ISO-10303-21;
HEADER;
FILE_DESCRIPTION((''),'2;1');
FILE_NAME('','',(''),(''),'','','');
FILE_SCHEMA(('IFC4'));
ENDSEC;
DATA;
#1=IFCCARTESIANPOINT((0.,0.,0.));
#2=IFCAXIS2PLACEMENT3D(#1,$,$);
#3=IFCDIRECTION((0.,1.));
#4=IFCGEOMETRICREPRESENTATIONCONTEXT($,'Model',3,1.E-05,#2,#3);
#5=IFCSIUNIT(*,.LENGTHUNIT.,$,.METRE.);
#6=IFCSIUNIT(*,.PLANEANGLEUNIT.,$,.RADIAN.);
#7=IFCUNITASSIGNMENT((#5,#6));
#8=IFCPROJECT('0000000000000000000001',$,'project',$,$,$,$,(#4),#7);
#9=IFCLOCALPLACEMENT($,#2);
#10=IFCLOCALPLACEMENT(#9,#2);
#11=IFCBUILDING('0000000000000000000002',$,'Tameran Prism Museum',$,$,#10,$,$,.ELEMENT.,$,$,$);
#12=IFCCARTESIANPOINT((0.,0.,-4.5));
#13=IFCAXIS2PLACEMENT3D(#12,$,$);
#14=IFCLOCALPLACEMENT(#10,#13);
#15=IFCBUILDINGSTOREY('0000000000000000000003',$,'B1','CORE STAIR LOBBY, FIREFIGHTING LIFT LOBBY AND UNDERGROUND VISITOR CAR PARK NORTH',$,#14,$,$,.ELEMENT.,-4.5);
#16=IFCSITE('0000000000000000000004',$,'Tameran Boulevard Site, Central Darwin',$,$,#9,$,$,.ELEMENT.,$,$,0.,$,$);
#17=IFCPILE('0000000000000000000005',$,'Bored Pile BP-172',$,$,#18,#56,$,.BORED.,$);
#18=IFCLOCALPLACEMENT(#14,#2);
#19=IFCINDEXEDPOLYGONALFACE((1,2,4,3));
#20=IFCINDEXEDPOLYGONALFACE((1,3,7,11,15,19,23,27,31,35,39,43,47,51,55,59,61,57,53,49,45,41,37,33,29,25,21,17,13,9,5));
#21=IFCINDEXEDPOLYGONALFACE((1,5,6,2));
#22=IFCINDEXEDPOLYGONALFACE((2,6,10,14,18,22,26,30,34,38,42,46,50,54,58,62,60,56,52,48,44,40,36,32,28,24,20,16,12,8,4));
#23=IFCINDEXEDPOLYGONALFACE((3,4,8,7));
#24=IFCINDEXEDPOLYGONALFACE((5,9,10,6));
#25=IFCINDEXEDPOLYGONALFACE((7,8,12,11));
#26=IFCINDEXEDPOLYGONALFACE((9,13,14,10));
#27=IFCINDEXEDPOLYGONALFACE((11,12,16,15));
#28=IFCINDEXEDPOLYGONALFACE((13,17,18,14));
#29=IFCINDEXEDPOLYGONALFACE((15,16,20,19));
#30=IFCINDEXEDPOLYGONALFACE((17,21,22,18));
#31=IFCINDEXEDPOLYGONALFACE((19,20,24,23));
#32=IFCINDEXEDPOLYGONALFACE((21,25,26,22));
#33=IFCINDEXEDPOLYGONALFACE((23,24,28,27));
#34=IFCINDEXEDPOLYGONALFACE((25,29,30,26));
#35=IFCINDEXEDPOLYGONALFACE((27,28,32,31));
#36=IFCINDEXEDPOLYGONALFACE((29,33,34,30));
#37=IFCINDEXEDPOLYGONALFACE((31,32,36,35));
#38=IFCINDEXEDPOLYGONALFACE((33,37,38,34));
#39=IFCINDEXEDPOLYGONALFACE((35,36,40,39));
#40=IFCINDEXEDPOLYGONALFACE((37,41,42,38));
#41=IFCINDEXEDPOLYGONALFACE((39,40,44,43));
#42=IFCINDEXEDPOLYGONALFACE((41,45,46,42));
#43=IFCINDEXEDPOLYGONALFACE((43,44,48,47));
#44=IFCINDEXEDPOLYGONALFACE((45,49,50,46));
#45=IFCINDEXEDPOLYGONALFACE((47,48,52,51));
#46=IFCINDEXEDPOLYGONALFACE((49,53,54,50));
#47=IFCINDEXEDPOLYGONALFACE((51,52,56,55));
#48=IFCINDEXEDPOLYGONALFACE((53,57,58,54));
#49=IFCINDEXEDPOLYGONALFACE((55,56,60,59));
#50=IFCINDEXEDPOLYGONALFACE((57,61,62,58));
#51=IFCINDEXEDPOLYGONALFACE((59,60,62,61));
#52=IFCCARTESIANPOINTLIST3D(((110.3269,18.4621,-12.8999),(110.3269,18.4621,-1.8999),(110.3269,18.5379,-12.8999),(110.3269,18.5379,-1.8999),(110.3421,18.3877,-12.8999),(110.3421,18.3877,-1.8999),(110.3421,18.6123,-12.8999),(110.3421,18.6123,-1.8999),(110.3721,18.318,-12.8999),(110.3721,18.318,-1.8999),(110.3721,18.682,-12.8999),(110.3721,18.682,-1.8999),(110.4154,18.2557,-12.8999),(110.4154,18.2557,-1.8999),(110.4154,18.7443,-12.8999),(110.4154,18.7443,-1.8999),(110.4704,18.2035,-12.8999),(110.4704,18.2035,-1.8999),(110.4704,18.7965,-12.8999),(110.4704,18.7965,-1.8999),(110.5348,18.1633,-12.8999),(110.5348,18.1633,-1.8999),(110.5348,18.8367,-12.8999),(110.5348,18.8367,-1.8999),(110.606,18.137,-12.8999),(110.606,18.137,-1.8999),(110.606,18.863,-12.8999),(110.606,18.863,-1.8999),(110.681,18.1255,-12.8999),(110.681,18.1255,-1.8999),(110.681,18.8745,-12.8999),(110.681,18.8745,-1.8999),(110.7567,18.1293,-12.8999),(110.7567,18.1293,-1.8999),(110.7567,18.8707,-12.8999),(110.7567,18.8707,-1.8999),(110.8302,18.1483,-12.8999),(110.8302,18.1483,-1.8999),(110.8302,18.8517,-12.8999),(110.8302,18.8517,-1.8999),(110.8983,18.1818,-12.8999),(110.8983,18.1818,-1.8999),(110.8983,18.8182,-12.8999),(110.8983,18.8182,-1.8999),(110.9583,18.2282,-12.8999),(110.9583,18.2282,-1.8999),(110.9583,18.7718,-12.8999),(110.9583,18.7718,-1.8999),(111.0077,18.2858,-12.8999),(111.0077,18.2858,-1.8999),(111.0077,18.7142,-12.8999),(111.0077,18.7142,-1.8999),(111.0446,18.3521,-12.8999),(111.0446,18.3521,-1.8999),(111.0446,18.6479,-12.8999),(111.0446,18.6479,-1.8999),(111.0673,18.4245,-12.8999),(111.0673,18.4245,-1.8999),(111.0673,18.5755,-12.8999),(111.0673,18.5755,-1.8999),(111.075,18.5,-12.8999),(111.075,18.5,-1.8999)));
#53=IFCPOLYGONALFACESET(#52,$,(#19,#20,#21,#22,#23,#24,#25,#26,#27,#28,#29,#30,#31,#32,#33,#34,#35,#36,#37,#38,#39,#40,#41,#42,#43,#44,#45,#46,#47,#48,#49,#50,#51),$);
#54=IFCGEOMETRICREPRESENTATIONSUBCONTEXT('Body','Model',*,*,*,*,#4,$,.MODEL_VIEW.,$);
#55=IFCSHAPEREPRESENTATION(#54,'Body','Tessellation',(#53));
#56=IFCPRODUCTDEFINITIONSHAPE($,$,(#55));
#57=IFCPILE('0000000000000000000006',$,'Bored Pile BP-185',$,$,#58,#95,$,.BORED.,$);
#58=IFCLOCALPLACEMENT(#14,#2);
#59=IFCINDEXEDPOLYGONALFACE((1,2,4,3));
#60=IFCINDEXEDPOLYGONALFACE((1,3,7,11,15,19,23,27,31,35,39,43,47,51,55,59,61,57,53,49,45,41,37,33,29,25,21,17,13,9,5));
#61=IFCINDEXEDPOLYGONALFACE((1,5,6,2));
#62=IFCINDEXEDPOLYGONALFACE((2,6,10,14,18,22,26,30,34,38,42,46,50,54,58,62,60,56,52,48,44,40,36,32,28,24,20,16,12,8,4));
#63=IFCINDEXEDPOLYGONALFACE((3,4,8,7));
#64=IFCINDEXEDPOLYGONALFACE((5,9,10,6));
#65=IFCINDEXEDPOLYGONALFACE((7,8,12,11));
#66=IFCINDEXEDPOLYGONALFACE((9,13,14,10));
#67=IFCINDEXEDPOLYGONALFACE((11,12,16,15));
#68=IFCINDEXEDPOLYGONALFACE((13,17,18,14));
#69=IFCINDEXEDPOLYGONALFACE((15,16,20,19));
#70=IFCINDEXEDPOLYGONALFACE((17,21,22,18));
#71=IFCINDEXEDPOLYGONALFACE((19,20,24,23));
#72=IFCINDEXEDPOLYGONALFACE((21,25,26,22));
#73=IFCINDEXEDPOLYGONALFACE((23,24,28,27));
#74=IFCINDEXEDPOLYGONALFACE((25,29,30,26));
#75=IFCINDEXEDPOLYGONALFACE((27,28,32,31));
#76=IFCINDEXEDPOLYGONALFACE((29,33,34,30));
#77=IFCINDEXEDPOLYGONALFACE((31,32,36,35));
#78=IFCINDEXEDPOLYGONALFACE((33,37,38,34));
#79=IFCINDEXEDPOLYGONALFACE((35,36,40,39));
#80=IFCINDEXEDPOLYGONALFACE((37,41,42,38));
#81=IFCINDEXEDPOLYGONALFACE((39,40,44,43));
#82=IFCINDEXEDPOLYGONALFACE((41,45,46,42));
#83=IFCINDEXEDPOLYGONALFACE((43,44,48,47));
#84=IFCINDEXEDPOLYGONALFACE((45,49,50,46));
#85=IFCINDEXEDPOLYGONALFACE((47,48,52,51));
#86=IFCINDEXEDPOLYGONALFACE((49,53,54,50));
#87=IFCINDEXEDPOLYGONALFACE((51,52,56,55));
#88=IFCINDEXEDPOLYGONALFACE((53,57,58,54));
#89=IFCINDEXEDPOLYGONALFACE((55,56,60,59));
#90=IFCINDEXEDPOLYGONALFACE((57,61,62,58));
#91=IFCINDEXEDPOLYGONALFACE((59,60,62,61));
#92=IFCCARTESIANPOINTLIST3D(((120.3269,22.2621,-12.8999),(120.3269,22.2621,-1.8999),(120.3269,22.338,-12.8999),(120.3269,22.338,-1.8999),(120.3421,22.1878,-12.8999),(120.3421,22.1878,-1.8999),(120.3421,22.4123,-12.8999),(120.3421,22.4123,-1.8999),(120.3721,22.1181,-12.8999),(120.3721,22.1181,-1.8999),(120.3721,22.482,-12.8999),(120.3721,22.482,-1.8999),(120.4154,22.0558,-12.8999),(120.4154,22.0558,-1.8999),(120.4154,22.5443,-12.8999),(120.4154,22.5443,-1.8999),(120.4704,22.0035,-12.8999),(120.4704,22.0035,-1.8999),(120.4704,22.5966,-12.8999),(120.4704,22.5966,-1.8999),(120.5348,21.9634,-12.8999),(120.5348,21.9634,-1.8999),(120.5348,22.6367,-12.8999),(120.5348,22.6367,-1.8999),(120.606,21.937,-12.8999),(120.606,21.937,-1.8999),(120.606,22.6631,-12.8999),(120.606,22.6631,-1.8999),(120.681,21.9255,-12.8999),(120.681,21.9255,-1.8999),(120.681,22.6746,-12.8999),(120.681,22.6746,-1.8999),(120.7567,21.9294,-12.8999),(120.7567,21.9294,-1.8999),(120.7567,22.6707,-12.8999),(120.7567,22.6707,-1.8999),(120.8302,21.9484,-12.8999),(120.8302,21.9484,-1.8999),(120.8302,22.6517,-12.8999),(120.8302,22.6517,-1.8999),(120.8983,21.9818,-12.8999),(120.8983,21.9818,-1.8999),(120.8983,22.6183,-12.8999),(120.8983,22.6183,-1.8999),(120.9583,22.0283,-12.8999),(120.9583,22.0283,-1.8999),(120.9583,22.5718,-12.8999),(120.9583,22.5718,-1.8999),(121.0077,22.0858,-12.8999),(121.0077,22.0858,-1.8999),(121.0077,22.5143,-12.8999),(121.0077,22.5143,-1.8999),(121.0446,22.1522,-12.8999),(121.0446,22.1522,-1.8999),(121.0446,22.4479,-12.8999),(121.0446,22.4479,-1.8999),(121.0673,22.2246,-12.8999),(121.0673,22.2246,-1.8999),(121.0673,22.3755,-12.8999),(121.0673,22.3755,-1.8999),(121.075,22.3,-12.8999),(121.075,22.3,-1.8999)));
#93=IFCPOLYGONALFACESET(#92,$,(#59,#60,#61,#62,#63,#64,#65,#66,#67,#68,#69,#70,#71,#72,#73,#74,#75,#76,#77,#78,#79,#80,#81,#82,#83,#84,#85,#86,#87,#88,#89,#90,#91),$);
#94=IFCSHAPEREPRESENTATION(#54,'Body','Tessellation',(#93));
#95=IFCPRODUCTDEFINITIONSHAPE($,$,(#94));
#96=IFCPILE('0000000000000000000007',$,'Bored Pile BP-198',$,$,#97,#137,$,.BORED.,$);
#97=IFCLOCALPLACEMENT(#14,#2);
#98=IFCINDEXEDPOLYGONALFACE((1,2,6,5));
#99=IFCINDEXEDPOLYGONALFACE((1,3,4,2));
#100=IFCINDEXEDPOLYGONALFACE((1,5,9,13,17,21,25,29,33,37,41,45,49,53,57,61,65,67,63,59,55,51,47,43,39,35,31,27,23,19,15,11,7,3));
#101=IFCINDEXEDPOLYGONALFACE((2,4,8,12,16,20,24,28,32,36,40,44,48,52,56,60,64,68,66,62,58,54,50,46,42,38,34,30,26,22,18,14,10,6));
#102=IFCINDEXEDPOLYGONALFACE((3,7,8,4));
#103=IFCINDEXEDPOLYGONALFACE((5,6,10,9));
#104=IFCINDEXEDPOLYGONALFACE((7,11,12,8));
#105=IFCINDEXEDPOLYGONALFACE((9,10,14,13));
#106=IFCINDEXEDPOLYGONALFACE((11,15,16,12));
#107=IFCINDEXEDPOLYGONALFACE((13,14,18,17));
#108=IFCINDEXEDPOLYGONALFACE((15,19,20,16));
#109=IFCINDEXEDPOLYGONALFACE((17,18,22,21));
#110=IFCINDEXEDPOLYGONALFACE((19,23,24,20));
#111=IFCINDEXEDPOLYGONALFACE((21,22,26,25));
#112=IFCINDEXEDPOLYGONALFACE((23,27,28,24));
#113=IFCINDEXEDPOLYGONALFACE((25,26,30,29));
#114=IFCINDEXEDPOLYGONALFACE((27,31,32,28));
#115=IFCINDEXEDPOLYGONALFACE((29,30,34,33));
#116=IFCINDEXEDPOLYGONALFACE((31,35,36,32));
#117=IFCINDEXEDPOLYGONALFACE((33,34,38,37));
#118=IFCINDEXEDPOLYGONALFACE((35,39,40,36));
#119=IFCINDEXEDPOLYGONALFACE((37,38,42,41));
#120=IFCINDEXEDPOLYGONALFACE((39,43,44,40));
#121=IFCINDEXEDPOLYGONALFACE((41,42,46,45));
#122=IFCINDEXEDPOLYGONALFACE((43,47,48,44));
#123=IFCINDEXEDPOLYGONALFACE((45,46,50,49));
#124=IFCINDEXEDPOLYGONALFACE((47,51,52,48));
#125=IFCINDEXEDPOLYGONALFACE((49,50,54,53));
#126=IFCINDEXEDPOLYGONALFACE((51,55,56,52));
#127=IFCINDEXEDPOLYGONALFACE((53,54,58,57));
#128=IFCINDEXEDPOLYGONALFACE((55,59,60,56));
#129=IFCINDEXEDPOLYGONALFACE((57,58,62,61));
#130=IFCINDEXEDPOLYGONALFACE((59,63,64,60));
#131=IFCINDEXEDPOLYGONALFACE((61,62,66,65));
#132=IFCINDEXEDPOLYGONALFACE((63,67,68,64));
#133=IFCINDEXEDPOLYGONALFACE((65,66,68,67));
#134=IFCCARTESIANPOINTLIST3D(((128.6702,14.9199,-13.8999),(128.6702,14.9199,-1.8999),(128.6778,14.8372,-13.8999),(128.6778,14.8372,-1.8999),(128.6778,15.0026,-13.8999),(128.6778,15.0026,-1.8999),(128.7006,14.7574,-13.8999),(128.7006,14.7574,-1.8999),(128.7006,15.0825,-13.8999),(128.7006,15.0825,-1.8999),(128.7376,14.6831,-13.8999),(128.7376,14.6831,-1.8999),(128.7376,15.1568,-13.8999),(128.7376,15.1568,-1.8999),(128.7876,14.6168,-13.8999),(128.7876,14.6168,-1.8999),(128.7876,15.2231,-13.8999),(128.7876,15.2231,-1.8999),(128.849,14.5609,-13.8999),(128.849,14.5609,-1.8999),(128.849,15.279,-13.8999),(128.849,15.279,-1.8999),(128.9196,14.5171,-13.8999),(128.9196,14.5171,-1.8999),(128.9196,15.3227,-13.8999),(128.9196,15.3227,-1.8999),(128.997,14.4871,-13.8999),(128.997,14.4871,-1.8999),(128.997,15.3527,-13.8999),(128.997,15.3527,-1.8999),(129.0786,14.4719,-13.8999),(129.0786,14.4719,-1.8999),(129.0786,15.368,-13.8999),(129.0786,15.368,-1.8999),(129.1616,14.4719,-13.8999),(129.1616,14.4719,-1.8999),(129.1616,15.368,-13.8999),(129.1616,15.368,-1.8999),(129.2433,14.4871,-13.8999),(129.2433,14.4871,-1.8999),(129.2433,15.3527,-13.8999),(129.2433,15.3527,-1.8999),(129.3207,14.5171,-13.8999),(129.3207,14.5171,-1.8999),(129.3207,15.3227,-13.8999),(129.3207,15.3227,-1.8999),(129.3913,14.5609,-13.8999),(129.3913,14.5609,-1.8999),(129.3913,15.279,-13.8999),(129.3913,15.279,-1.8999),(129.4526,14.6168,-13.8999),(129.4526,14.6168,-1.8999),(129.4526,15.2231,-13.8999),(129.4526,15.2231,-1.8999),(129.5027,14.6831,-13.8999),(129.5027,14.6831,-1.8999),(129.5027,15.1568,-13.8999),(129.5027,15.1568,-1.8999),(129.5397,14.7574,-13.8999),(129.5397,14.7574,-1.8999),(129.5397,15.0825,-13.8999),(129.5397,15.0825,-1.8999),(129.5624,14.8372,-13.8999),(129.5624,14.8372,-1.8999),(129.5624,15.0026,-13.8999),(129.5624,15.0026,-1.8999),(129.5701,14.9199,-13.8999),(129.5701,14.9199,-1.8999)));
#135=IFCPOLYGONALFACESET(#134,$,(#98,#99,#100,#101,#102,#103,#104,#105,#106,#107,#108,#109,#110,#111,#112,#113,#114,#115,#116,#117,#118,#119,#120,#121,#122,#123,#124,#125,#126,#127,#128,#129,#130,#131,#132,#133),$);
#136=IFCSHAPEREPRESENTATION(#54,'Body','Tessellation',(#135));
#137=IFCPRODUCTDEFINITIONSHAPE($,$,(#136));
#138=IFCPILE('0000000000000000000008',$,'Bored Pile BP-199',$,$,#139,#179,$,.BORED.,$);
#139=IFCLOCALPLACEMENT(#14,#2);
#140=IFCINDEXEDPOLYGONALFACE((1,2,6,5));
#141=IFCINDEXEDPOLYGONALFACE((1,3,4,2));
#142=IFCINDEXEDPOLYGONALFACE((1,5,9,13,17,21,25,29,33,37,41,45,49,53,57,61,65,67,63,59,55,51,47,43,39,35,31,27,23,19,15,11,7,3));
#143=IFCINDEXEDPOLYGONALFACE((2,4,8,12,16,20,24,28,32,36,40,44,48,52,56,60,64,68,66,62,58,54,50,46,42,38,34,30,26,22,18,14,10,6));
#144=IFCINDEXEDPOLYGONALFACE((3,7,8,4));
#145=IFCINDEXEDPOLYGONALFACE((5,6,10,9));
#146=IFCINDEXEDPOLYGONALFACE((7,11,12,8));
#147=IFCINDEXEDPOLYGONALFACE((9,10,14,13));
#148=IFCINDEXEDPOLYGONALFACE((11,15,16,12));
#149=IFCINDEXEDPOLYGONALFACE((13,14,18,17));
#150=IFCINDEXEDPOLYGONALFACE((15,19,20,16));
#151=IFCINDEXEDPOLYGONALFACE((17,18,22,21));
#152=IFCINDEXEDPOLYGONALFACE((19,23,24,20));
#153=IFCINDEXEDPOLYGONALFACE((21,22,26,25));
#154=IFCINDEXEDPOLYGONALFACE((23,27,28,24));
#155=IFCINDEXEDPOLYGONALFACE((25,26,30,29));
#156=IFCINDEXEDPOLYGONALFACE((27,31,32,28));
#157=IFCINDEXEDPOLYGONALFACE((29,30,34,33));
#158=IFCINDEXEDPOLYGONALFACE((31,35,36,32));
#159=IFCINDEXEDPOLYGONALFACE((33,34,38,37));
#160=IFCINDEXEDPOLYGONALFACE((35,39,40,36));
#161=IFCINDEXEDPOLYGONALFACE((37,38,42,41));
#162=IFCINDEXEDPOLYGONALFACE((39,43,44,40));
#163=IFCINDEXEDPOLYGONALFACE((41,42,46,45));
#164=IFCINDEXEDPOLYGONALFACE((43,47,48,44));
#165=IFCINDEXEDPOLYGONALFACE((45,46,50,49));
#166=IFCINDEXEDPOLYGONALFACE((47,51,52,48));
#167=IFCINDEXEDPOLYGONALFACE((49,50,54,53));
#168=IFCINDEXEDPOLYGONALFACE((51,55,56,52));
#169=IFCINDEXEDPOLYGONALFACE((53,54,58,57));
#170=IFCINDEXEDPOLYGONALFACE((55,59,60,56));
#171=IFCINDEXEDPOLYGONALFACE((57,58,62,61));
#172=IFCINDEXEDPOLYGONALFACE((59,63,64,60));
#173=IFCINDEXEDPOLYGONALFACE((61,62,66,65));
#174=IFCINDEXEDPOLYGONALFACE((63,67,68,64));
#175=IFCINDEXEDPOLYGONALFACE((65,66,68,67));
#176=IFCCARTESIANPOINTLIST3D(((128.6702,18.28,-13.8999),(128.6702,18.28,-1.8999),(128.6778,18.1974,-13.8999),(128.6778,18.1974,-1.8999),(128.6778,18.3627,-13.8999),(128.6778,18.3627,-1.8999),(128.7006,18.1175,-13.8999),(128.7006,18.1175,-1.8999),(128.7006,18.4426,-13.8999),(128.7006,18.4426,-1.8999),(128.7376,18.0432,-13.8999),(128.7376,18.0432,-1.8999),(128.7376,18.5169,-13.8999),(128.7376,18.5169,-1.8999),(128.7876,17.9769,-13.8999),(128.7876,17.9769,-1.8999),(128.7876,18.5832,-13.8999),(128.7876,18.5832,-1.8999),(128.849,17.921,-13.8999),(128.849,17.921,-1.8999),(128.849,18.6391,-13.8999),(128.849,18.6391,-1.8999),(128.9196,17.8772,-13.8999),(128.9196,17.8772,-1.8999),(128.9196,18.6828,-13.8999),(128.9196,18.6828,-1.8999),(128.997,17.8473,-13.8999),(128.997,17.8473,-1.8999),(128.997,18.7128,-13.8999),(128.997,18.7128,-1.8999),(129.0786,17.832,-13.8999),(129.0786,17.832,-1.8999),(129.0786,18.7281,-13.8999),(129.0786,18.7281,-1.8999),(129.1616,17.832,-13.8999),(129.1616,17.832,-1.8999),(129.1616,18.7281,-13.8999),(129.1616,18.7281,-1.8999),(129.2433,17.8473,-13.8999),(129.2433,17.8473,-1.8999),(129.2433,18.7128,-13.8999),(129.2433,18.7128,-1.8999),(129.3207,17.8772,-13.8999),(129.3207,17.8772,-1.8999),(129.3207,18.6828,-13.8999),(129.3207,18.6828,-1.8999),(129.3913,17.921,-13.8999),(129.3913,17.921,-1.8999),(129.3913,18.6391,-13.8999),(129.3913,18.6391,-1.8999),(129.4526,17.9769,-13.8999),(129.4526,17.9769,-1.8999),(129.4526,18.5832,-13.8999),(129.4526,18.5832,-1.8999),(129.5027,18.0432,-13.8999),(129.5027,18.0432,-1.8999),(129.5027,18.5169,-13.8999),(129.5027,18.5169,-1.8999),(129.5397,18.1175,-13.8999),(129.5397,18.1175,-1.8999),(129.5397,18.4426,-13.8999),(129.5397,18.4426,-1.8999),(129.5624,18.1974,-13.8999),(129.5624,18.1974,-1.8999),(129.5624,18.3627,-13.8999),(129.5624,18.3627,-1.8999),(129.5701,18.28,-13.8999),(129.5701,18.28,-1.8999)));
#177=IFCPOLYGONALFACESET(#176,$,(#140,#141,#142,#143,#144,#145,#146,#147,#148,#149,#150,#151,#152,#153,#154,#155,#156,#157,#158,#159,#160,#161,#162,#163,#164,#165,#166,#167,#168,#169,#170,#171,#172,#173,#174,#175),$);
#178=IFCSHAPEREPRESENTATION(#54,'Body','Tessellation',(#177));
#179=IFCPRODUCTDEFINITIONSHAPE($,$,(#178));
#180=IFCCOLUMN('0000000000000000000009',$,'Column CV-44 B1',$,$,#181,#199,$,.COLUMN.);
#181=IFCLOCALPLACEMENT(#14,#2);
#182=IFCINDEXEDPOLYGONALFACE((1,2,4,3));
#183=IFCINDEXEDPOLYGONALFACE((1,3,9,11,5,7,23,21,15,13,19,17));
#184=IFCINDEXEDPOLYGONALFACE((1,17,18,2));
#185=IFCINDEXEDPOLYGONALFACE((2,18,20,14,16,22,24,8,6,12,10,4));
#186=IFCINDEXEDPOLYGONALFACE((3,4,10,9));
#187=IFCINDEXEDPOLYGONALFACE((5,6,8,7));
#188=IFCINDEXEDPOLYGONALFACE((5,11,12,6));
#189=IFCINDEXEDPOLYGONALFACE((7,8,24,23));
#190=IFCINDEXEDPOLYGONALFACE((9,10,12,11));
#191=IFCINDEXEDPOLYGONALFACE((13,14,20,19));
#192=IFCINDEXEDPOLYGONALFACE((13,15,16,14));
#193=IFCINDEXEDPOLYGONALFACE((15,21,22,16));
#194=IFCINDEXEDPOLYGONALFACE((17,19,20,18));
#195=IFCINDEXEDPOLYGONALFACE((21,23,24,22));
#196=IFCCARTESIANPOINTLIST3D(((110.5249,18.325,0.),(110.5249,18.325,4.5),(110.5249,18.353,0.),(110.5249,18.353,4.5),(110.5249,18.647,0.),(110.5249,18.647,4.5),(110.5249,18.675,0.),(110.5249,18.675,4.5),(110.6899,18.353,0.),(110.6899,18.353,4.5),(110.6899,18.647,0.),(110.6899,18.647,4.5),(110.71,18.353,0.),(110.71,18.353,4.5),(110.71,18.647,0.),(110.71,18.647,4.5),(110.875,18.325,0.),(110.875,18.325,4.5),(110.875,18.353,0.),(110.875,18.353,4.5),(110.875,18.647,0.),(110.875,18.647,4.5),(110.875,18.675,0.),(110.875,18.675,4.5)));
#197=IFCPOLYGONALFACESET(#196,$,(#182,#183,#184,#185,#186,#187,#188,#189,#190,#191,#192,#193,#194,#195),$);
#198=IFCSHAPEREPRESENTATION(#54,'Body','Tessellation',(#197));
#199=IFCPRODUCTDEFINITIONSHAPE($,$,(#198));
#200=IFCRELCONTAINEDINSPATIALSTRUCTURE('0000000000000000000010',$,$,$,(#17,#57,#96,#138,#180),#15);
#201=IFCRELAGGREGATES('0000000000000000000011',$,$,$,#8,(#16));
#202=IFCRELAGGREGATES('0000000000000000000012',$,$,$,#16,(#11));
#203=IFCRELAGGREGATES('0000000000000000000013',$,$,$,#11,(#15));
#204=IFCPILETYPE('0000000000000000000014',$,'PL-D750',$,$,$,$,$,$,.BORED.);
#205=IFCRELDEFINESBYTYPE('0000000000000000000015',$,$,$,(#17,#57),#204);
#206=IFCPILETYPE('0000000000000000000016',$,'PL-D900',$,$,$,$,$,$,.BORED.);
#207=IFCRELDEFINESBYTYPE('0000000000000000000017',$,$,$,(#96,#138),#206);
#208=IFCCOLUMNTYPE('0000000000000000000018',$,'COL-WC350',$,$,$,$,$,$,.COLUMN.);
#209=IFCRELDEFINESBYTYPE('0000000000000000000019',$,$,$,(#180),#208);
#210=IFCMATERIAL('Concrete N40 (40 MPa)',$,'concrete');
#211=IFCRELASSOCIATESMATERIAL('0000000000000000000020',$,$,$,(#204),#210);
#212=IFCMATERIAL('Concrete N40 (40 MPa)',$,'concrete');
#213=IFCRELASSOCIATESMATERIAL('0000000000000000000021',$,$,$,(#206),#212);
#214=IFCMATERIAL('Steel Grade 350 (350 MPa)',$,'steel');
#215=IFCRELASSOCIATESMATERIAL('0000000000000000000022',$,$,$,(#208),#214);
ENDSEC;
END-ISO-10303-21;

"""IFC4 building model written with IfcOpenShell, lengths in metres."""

from ifc_helpers import new_model, si_unit, direction, frame, origin, origin_2d, place, context, subcontext, project, spatial, circle, i_section, extrude, material, material_profile, profile_set, type_object, element, save


model = new_model("IFC4")

# Units and contexts
model_context = context("Model", 3, precision=1e-05, world=origin(), true_north=direction((0.0, 1.0)))
body_context = subcontext(model_context, "Body", "Model", "MODEL_VIEW")
ifc_project = project(units=[si_unit("LENGTHUNIT", "METRE"), si_unit("PLANEANGLEUNIT", "RADIAN")], contexts=[model_context])

# Site, building, storey
site_placement = place(None, origin())
site = spatial("IfcSite", under=ifc_project, at=site_placement, Name="Tameran Boulevard Site, Central Darwin", CompositionType="ELEMENT", RefElevation=0.0)
building_placement = place(site_placement, origin())
building = spatial("IfcBuilding", under=site, at=building_placement, Name="Tameran Prism Museum", CompositionType="ELEMENT")
storey_placement = place(building_placement, frame((0.0, 0.0, -4.5)))
storey = spatial("IfcBuildingStorey", under=building, at=storey_placement, Name="B1", Description="CORE STAIR LOBBY, FIREFIGHTING LIFT LOBBY AND UNDERGROUND VISITOR CAR PARK NORTH", CompositionType="ELEMENT", Elevation=-4.5)

# Piles
ifc_material_1 = material(Name="Concrete N40 (40 MPa)", Category="concrete")
ifc_material_profile_1 = material_profile(ifc_material_1, circle(Radius=0.375, at=origin_2d()))
ifc_profile_set_1 = profile_set([ifc_material_profile_1])
pile_type_1 = type_object("IfcPileType", Name="PL-D750", PredefinedType="BORED", material=ifc_profile_set_1)
for number, where, z_axis, x_axis, name in (
    (1, (110.7, 18.5, -1.8999), (0.0, 0.0, -1.0), (1.0, 0.0, 0.0), "Bored Pile BP-172"),
    (2, (120.7, 22.3, -1.8999), (0.0, 0.0, -1.0), (1.0, 0.0, 0.0), "Bored Pile BP-185"),
):
    element("IfcPile", number, at=place(storey_placement, frame(where, z_axis=z_axis, x_axis=x_axis)), inside=storey, type_object=pile_type_1, Name=name, PredefinedType="BORED", context=body_context, shape_type="SweptSolid", body=[
        extrude(circle(Radius=0.375, at=origin_2d()), origin(), (0.0, 0.0, 1.0), 11.0),
    ])
ifc_material_2 = material(Name="Concrete N40 (40 MPa)", Category="concrete")
ifc_material_profile_2 = material_profile(ifc_material_2, circle(Radius=0.45, at=origin_2d()))
ifc_profile_set_2 = profile_set([ifc_material_profile_2])
pile_type_2 = type_object("IfcPileType", Name="PL-D900", PredefinedType="BORED", material=ifc_profile_set_2)
for number, where, z_axis, x_axis, name in (
    (3, (129.1201, 14.9199, -1.8999), (0.0, 0.0, -1.0), (1.0, 0.0, 0.0), "Bored Pile BP-198"),
    (4, (129.1201, 18.28, -1.8999), (0.0, 0.0, -1.0), (1.0, 0.0, 0.0), "Bored Pile BP-199"),
):
    element("IfcPile", number, at=place(storey_placement, frame(where, z_axis=z_axis, x_axis=x_axis)), inside=storey, type_object=pile_type_2, Name=name, PredefinedType="BORED", context=body_context, shape_type="SweptSolid", body=[
        extrude(circle(Radius=0.45, at=origin_2d()), origin(), (0.0, 0.0, 1.0), 12.0),
    ])

# Column
ifc_material_3 = material(Name="Steel Grade 350 (350 MPa)", Category="steel")
ifc_material_profile_3 = material_profile(ifc_material_3, i_section(OverallWidth=0.3501, OverallDepth=0.3501, WebThickness=0.02, FlangeThickness=0.0281, at=origin_2d()))
ifc_profile_set_3 = profile_set([ifc_material_profile_3])
column_type = type_object("IfcColumnType", Name="COL-WC350", PredefinedType="COLUMN", material=ifc_profile_set_3)
for number, where, z_axis, x_axis, name in (
    (5, (110.7, 18.5, 0.0), (0.0, 0.0, 1.0), (1.0, 0.0, 0.0), "Column CV-44 B1"),
):
    element("IfcColumn", number, at=place(storey_placement, frame(where, z_axis=z_axis, x_axis=x_axis)), inside=storey, type_object=column_type, Name=name, PredefinedType="COLUMN", context=body_context, shape_type="SweptSolid", body=[
        extrude(i_section(OverallWidth=0.3501, OverallDepth=0.3501, WebThickness=0.02, FlangeThickness=0.0281, at=origin_2d()), origin(), (0.0, 0.0, 1.0), 4.5),
    ])

save(model, "model.ifc")
